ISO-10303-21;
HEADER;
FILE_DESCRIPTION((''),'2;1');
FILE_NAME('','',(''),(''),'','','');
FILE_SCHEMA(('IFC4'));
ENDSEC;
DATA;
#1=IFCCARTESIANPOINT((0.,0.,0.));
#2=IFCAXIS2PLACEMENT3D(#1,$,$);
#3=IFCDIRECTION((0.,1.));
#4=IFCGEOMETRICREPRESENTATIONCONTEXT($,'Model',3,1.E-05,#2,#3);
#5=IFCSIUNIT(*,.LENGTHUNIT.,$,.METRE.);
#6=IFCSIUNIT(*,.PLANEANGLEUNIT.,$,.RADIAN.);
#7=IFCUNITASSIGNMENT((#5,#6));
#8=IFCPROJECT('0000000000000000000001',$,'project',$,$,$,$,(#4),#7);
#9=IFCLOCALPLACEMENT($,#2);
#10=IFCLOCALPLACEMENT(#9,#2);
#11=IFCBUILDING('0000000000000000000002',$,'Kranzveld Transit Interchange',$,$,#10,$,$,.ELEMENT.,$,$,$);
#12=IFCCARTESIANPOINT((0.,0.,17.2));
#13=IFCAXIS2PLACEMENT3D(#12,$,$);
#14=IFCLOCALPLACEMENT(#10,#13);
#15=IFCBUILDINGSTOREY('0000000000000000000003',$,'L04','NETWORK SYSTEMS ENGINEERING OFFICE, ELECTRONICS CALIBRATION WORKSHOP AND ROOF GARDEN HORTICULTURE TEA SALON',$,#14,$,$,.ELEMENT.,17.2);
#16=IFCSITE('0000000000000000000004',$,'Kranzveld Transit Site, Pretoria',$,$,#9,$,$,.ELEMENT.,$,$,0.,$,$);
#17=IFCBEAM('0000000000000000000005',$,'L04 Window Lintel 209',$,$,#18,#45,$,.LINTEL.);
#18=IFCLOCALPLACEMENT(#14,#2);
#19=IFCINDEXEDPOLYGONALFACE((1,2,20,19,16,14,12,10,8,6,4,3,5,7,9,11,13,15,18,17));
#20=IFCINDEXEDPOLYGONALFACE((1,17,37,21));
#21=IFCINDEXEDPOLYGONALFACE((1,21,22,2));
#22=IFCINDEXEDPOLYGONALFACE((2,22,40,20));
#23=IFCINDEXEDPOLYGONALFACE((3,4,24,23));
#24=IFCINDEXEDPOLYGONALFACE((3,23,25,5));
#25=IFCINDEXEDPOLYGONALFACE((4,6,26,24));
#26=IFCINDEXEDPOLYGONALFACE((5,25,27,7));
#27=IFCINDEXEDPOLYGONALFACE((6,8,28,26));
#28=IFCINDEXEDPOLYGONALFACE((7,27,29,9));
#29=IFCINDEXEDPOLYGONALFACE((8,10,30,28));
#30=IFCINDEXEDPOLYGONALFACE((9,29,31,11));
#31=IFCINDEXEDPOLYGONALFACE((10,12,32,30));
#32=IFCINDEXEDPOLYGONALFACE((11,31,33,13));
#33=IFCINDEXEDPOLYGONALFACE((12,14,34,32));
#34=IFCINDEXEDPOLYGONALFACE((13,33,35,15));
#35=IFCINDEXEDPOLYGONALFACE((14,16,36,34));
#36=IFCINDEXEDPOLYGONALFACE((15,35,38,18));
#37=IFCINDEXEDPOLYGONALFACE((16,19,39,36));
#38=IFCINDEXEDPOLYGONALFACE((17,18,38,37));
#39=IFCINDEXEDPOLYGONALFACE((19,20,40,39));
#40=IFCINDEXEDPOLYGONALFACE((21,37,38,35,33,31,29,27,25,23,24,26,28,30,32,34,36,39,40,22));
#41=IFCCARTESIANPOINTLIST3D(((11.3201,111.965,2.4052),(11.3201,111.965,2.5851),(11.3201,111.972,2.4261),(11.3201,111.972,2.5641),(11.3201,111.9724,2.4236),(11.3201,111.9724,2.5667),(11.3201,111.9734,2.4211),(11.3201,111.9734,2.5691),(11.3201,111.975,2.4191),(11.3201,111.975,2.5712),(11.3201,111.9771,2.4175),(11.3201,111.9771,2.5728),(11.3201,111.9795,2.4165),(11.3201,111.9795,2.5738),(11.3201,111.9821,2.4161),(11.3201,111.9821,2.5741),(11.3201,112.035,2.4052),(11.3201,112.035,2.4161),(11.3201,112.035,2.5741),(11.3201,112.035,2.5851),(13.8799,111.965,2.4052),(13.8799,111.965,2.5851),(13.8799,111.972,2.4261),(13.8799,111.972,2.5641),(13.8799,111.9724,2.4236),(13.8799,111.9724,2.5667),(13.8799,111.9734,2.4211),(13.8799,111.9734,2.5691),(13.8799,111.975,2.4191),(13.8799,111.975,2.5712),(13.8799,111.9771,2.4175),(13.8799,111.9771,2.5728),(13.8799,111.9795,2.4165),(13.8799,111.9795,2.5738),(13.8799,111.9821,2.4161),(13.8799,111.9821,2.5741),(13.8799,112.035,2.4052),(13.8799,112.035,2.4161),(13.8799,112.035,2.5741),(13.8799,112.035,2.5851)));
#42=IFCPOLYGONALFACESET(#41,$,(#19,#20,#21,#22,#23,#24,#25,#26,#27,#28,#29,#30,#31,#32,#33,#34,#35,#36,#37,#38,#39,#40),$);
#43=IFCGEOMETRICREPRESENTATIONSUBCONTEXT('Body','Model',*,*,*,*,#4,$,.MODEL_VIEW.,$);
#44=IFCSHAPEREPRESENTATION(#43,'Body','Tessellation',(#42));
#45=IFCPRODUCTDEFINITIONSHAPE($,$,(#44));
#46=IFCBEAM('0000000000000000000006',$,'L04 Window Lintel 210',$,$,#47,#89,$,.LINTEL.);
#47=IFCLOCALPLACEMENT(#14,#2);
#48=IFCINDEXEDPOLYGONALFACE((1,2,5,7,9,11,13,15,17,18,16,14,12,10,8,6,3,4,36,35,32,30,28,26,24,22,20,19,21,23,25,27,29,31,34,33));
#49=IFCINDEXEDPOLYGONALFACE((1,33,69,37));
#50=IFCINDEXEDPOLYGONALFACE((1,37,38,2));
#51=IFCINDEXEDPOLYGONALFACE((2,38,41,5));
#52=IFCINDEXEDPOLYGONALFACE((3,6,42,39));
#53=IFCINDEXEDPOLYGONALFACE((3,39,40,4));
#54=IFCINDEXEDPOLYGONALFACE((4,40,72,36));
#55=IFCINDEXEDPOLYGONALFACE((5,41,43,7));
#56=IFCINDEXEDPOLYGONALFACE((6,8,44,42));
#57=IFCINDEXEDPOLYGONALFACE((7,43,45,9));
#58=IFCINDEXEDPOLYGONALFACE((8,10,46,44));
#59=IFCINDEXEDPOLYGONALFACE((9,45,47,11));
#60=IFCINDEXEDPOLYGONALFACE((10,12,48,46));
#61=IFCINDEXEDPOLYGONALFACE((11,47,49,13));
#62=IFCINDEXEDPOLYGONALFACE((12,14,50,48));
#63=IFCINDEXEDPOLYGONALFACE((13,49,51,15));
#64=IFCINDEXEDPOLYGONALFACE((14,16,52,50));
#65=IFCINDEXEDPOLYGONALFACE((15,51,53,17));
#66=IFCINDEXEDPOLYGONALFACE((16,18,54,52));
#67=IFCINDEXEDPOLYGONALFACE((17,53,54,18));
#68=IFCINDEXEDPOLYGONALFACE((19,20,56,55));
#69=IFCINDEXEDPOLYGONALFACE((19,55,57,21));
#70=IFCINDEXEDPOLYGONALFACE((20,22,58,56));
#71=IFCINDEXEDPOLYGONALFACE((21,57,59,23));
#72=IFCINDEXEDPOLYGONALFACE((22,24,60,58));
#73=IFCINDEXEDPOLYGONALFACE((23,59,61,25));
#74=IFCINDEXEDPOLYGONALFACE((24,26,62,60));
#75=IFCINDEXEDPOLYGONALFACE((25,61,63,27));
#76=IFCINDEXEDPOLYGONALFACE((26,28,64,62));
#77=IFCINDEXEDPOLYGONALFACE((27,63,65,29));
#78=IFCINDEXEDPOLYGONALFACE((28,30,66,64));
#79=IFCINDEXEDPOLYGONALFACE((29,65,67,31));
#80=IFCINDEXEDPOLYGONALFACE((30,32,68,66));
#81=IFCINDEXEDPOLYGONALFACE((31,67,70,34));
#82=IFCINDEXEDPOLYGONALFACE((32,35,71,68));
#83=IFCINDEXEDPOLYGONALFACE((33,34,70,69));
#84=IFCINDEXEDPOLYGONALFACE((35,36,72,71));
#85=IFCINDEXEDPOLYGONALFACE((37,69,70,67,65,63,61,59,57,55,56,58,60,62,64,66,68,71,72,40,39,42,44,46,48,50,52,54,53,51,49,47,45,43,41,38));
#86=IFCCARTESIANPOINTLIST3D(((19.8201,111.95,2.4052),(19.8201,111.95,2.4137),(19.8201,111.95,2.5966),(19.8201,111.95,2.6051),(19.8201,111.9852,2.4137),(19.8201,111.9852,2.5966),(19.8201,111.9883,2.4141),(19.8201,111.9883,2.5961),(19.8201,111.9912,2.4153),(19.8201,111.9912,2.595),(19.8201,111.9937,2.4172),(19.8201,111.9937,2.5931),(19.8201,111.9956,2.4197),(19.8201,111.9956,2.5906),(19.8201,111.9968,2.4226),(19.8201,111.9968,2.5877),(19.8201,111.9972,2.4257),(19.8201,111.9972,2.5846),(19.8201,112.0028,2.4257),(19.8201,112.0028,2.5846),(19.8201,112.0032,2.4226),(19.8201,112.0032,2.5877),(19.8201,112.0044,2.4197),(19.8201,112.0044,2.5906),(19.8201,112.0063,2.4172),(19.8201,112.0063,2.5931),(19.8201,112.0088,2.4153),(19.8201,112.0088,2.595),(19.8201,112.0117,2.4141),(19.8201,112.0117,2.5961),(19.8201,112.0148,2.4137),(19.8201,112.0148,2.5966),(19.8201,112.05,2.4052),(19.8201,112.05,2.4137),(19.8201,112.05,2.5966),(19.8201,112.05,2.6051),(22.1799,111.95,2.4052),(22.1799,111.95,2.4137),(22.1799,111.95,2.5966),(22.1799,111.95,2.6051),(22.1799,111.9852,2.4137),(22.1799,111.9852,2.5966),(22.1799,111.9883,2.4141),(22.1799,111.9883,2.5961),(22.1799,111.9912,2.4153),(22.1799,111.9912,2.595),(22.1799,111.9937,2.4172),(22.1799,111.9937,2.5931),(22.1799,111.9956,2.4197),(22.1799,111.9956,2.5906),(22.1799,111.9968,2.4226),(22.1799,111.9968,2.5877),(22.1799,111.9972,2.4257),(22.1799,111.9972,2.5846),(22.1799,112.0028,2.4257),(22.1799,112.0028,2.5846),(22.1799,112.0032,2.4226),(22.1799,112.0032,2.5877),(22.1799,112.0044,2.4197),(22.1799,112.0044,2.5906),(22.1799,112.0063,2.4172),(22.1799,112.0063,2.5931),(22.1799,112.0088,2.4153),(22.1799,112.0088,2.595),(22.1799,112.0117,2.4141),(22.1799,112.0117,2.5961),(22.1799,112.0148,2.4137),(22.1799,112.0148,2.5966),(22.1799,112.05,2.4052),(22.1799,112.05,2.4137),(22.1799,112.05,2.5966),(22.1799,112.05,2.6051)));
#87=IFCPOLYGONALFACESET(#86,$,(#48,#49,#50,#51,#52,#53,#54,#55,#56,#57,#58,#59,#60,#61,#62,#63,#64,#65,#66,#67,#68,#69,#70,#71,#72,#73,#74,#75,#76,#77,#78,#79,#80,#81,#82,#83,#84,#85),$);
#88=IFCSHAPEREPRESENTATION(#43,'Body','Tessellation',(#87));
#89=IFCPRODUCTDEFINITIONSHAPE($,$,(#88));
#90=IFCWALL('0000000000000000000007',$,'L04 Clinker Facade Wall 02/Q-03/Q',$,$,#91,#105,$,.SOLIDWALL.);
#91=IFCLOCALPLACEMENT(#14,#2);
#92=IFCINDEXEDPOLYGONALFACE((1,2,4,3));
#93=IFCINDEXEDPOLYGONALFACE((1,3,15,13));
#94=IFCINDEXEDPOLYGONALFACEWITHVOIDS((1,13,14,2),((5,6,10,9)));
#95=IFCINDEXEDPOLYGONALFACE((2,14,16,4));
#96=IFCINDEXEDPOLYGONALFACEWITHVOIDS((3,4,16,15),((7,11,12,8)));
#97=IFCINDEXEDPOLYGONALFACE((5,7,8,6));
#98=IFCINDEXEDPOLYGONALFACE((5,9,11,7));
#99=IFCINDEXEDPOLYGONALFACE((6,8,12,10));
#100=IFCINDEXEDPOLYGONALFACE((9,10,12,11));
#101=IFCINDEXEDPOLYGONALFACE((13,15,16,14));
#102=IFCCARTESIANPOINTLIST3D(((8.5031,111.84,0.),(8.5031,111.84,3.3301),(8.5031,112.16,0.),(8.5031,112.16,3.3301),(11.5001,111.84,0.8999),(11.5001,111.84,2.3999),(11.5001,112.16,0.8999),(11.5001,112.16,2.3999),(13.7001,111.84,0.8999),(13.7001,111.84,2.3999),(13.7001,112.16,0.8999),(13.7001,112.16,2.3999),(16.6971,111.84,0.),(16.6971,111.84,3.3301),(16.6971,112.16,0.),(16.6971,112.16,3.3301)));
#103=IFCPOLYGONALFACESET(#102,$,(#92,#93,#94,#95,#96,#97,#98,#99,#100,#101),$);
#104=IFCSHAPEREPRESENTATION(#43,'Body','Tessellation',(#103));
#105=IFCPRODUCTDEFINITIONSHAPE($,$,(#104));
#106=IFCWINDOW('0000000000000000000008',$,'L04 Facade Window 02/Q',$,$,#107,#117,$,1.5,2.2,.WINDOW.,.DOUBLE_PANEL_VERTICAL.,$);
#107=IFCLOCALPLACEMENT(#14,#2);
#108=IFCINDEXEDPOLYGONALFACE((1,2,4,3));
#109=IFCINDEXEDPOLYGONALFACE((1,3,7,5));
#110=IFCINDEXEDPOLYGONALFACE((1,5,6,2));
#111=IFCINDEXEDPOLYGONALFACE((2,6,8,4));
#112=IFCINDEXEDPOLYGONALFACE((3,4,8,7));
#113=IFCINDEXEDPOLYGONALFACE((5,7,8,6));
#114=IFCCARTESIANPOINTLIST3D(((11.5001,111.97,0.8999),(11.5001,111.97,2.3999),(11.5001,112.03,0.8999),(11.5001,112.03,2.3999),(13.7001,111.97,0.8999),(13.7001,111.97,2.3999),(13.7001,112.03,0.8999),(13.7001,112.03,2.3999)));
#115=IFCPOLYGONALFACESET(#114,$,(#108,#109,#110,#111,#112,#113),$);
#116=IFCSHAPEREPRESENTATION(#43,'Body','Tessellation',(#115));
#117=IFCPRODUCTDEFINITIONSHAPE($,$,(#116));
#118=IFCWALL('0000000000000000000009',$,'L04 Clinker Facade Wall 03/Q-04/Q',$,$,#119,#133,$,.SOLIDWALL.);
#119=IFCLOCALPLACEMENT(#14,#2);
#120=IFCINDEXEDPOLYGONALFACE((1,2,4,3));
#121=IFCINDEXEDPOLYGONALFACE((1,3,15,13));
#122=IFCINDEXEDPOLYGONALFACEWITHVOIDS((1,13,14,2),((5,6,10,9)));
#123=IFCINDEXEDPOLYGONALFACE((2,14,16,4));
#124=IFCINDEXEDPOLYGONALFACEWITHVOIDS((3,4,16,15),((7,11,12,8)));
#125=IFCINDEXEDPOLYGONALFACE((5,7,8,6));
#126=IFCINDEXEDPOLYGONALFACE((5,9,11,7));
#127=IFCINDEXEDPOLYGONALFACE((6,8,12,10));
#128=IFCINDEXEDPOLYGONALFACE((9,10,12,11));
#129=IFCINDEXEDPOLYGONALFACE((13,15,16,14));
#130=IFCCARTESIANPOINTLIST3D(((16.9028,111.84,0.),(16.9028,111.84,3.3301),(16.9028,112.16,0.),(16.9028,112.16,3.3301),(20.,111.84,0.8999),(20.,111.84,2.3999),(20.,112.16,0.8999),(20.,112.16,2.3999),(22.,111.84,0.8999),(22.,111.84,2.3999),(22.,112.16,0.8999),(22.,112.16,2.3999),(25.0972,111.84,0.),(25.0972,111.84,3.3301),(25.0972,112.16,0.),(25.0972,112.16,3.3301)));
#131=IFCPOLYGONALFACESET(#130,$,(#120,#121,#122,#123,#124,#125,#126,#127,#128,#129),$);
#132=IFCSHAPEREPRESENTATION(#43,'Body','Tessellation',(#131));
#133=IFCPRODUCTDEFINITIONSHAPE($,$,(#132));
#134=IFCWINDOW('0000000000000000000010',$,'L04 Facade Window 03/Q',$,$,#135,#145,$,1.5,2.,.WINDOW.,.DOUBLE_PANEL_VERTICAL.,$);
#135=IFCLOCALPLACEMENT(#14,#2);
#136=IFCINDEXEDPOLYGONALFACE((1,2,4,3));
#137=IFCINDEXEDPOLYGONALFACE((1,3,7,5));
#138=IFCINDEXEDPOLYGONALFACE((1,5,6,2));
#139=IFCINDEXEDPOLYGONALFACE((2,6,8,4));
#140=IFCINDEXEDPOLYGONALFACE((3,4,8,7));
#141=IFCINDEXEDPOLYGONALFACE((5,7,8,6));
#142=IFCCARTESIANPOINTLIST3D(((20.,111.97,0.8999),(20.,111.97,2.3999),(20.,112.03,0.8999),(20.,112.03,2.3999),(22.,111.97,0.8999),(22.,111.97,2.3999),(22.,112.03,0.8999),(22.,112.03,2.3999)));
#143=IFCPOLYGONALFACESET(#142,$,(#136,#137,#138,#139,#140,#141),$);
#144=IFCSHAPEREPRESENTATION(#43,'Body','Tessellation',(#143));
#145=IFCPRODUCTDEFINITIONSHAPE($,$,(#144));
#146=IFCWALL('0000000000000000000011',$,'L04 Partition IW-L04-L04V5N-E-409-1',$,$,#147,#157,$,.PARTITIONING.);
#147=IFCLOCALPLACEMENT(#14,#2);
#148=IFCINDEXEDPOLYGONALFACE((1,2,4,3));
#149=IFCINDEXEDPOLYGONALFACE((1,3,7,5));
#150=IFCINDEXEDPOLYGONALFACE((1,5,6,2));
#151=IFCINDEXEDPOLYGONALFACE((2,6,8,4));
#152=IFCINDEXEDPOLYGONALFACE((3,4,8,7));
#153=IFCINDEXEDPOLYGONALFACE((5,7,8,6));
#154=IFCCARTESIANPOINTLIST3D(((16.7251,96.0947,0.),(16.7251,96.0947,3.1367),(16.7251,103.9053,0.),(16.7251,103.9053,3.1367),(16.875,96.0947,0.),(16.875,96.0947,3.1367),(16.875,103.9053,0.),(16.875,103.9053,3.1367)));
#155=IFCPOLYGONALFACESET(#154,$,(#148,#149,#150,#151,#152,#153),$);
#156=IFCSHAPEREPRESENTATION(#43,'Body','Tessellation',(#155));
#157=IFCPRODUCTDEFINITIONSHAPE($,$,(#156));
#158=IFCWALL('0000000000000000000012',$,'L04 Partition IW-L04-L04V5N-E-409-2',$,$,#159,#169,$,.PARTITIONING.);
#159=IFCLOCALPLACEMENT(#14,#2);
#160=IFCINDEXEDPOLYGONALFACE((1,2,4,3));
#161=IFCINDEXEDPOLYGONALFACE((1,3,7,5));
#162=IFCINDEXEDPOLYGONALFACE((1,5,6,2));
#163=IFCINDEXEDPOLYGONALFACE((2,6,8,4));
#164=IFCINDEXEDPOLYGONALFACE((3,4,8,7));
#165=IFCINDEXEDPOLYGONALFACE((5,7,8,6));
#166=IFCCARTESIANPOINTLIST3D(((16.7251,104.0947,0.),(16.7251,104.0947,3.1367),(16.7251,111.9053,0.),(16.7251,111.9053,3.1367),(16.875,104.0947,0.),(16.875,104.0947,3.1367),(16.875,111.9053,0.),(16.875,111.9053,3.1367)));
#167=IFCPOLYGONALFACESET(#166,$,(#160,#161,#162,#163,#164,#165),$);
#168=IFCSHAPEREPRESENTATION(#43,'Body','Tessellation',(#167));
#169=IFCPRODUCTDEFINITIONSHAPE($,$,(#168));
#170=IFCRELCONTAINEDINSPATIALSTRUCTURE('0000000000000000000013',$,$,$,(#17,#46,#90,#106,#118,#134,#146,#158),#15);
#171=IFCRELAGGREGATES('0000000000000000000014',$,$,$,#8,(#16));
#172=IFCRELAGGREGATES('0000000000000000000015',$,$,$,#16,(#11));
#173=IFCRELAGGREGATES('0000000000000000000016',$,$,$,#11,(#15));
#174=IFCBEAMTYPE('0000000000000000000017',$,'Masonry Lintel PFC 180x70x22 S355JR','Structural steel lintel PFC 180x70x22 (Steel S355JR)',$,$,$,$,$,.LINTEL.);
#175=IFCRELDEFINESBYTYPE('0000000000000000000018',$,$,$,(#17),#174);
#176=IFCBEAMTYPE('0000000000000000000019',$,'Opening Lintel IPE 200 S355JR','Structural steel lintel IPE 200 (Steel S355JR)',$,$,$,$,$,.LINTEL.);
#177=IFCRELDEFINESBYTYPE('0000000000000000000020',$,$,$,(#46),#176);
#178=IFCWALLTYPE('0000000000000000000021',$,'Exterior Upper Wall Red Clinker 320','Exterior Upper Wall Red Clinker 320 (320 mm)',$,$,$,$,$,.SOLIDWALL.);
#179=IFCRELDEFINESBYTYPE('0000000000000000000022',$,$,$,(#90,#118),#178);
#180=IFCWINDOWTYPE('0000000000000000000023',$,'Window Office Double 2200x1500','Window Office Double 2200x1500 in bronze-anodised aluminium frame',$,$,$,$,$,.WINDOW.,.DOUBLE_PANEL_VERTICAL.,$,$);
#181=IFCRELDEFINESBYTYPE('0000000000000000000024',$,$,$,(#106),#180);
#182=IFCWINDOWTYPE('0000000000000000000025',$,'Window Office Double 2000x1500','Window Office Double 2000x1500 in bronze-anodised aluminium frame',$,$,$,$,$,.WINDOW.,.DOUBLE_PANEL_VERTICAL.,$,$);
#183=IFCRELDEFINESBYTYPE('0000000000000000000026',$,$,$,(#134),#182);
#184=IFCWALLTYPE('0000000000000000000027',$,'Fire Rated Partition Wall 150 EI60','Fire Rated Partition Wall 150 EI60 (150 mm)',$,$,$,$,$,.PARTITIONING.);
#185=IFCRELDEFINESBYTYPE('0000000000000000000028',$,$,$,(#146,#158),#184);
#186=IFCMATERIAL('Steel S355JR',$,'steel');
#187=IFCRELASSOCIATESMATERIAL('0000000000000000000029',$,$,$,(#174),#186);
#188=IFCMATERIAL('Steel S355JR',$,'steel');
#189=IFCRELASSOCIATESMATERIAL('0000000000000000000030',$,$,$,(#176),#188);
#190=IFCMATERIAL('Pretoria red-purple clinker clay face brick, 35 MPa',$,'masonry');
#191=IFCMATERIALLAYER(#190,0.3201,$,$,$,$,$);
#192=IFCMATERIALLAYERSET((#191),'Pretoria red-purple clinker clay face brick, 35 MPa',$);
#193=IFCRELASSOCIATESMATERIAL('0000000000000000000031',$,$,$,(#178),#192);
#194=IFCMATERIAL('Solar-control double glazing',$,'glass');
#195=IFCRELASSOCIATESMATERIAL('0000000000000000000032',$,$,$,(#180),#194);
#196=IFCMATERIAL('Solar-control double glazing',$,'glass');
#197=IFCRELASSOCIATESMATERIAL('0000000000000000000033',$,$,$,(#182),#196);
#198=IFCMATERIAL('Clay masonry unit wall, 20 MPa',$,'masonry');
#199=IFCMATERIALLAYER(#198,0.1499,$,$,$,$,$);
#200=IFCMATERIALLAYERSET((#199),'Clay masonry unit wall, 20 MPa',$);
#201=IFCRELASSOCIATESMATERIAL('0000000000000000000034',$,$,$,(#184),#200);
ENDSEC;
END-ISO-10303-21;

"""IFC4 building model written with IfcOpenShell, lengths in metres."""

from ifc_helpers import new_model, si_unit, direction, frame, frame_2d, origin, origin_2d, place, context, subcontext, project, spatial, rectangle, i_section, u_section, extrude, material, layer, layer_set, material_profile, profile_set, type_object, element, fill, save


model = new_model("IFC4")

# Units and contexts
model_context = context("Model", 3, precision=1e-05, world=origin(), true_north=direction((0.0, 1.0)))
body_context = subcontext(model_context, "Body", "Model", "MODEL_VIEW")
ifc_project = project(units=[si_unit("LENGTHUNIT", "METRE"), si_unit("PLANEANGLEUNIT", "RADIAN")], contexts=[model_context])

# Site, building, storey
site_placement = place(None, origin())
site = spatial("IfcSite", under=ifc_project, at=site_placement, Name="Kranzveld Transit Site, Pretoria", CompositionType="ELEMENT", RefElevation=0.0)
building_placement = place(site_placement, origin())
building = spatial("IfcBuilding", under=site, at=building_placement, Name="Kranzveld Transit Interchange", CompositionType="ELEMENT")
storey_placement = place(building_placement, frame((0.0, 0.0, 17.2)))
storey = spatial("IfcBuildingStorey", under=building, at=storey_placement, Name="L04", Description="NETWORK SYSTEMS ENGINEERING OFFICE, ELECTRONICS CALIBRATION WORKSHOP AND ROOF GARDEN HORTICULTURE TEA SALON", CompositionType="ELEMENT", Elevation=17.2)

# Beams
ifc_material_1 = material(Name="Steel S355JR", Category="steel")
ifc_material_profile_1 = material_profile(ifc_material_1, u_section(Depth=0.1799, FlangeWidth=0.0701, WebThickness=0.0071, FlangeThickness=0.011, FilletRadius=0.01, at=origin_2d()), Name="PFC 180x70x22")
ifc_profile_set_1 = profile_set([ifc_material_profile_1], Name="Steel S355JR")
beam_type_1 = type_object("IfcBeamType", Name="Masonry Lintel PFC 180x70x22 S355JR", Description="Structural steel lintel PFC 180x70x22 (Steel S355JR)", PredefinedType="LINTEL", material=ifc_profile_set_1)
beam_1_placement = place(storey_placement, frame((11.3201, 112.0, 2.4951), z_axis=(1.0, 0.0, 0.0), x_axis=(0.0, 1.0, 0.0)))
element("IfcBeam", 1, at=beam_1_placement, inside=storey, type_object=beam_type_1, Name="L04 Window Lintel 209", PredefinedType="LINTEL", context=body_context, shape_type="SweptSolid", body=[
    extrude(u_section(Depth=0.1799, FlangeWidth=0.0701, WebThickness=0.0071, FlangeThickness=0.011, FilletRadius=0.01, at=origin_2d()), origin(), (0.0, 0.0, 1.0), 2.5598),
])
ifc_material_2 = material(Name="Steel S355JR", Category="steel")
ifc_material_profile_2 = material_profile(ifc_material_2, i_section(OverallWidth=0.1001, OverallDepth=0.2, WebThickness=0.0056, FlangeThickness=0.0085, FilletRadius=0.012, at=origin_2d()), Name="IPE 200")
ifc_profile_set_2 = profile_set([ifc_material_profile_2], Name="Steel S355JR")
beam_type_2 = type_object("IfcBeamType", Name="Opening Lintel IPE 200 S355JR", Description="Structural steel lintel IPE 200 (Steel S355JR)", PredefinedType="LINTEL", material=ifc_profile_set_2)
beam_2_placement = place(storey_placement, frame((19.8201, 112.0, 2.5051), z_axis=(1.0, 0.0, 0.0), x_axis=(0.0, 1.0, 0.0)))
element("IfcBeam", 2, at=beam_2_placement, inside=storey, type_object=beam_type_2, Name="L04 Window Lintel 210", PredefinedType="LINTEL", context=body_context, shape_type="SweptSolid", body=[
    extrude(i_section(OverallWidth=0.1001, OverallDepth=0.2, WebThickness=0.0056, FlangeThickness=0.0085, FilletRadius=0.012, at=origin_2d()), origin(), (0.0, 0.0, 1.0), 2.3599),
])

# Walls, openings, windows
ifc_material_3 = material(Name="Pretoria red-purple clinker clay face brick, 35 MPa", Category="masonry")
ifc_layer_1 = layer(ifc_material_3, 0.3201)
ifc_layer_set_1 = layer_set([ifc_layer_1], Name="Pretoria red-purple clinker clay face brick, 35 MPa")
wall_type_1 = type_object("IfcWallType", Name="Exterior Upper Wall Red Clinker 320", Description="Exterior Upper Wall Red Clinker 320 (320 mm)", PredefinedType="SOLIDWALL", material=ifc_layer_set_1)
wall_1_placement = place(storey_placement, frame((8.5029, 112.0, 0.0), z_axis=(0.0, 0.0, 1.0), x_axis=(1.0, 0.0, 0.0)))
wall_1 = element("IfcWall", 3, at=wall_1_placement, inside=storey, type_object=wall_type_1, Name="L04 Clinker Facade Wall 02/Q-03/Q", PredefinedType="SOLIDWALL", context=body_context, shape_type="SweptSolid", body=[
    extrude(rectangle(XDim=8.1941, YDim=0.3201, at=frame_2d((4.0972, 0.0))), origin(), (0.0, 0.0, 1.0), 3.3301),
])
opening_1_placement = place(wall_1_placement, frame((2.9971, 0.0, 0.8999), z_axis=(0.0, 0.0, 1.0), x_axis=(1.0, 0.0, 0.0)))
opening_1 = element("IfcOpeningElement", 4, at=opening_1_placement, cuts=wall_1, PredefinedType="OPENING", context=body_context, shape_type="SweptSolid", body=[
    extrude(rectangle(XDim=2.2, YDim=1.5, at=frame_2d((1.1001, 0.75))), frame((0.0, 0.1699, 0.0), z_axis=(0.0, -1.0, 0.0), x_axis=(1.0, 0.0, 0.0)), (0.0, 0.0, 1.0), 0.3401),
])
ifc_material_4 = material(Name="Solar-control double glazing", Category="glass")
window_type_1 = type_object("IfcWindowType", Name="Window Office Double 2200x1500", Description="Window Office Double 2200x1500 in bronze-anodised aluminium frame", PartitioningType="DOUBLE_PANEL_VERTICAL", PredefinedType="WINDOW", material=ifc_material_4)
window_1_placement = place(opening_1_placement, origin())
window_1 = element("IfcWindow", 5, at=window_1_placement, inside=storey, type_object=window_type_1, Name="L04 Facade Window 02/Q", OverallHeight=1.5, OverallWidth=2.2, PartitioningType="DOUBLE_PANEL_VERTICAL", PredefinedType="WINDOW", context=body_context, shape_type="SweptSolid", body=[
    extrude(rectangle(XDim=2.2, YDim=1.5, at=frame_2d((1.1001, 0.75))), frame((0.0, 0.03, 0.0), z_axis=(0.0, -1.0, 0.0), x_axis=(1.0, 0.0, 0.0)), (0.0, 0.0, 1.0), 0.0601),
])
fill(opening_1, window_1)
wall_2_placement = place(storey_placement, frame((16.9028, 112.0, 0.0), z_axis=(0.0, 0.0, 1.0), x_axis=(1.0, 0.0, 0.0)))
wall_2 = element("IfcWall", 6, at=wall_2_placement, inside=storey, type_object=wall_type_1, Name="L04 Clinker Facade Wall 03/Q-04/Q", PredefinedType="SOLIDWALL", context=body_context, shape_type="SweptSolid", body=[
    extrude(rectangle(XDim=8.1943, YDim=0.3201, at=frame_2d((4.0972, 0.0))), origin(), (0.0, 0.0, 1.0), 3.3301),
])
opening_2_placement = place(wall_2_placement, frame((3.0972, 0.0, 0.8999), z_axis=(0.0, 0.0, 1.0), x_axis=(1.0, 0.0, 0.0)))
opening_2 = element("IfcOpeningElement", 7, at=opening_2_placement, cuts=wall_2, PredefinedType="OPENING", context=body_context, shape_type="SweptSolid", body=[
    extrude(rectangle(XDim=2.0, YDim=1.5, at=frame_2d((1.0, 0.75))), frame((0.0, 0.1699, 0.0), z_axis=(0.0, -1.0, 0.0), x_axis=(1.0, 0.0, 0.0)), (0.0, 0.0, 1.0), 0.3401),
])
ifc_material_5 = material(Name="Solar-control double glazing", Category="glass")
window_type_2 = type_object("IfcWindowType", Name="Window Office Double 2000x1500", Description="Window Office Double 2000x1500 in bronze-anodised aluminium frame", PartitioningType="DOUBLE_PANEL_VERTICAL", PredefinedType="WINDOW", material=ifc_material_5)
window_2_placement = place(opening_2_placement, origin())
window_2 = element("IfcWindow", 8, at=window_2_placement, inside=storey, type_object=window_type_2, Name="L04 Facade Window 03/Q", OverallHeight=1.5, OverallWidth=2.0, PartitioningType="DOUBLE_PANEL_VERTICAL", PredefinedType="WINDOW", context=body_context, shape_type="SweptSolid", body=[
    extrude(rectangle(XDim=2.0, YDim=1.5, at=frame_2d((1.0, 0.75))), frame((0.0, 0.03, 0.0), z_axis=(0.0, -1.0, 0.0), x_axis=(1.0, 0.0, 0.0)), (0.0, 0.0, 1.0), 0.0601),
])
fill(opening_2, window_2)

# Walls
ifc_material_6 = material(Name="Clay masonry unit wall, 20 MPa", Category="masonry")
ifc_layer_2 = layer(ifc_material_6, 0.1499)
ifc_layer_set_2 = layer_set([ifc_layer_2], Name="Clay masonry unit wall, 20 MPa")
wall_type_2 = type_object("IfcWallType", Name="Fire Rated Partition Wall 150 EI60", Description="Fire Rated Partition Wall 150 EI60 (150 mm)", PredefinedType="PARTITIONING", material=ifc_layer_set_2)
for number, where, z_axis, x_axis, name in (
    (9, (16.8, 96.0947, 0.0), (0.0, 0.0, 1.0), (0.0, 1.0, 0.0), "L04 Partition IW-L04-L04V5N-E-409-1"),
    (10, (16.8, 104.0947, 0.0), (0.0, 0.0, 1.0), (0.0, 1.0, 0.0), "L04 Partition IW-L04-L04V5N-E-409-2"),
):
    element("IfcWall", number, at=place(storey_placement, frame(where, z_axis=z_axis, x_axis=x_axis)), inside=storey, type_object=wall_type_2, Name=name, PredefinedType="PARTITIONING", context=body_context, shape_type="SweptSolid", body=[
        extrude(rectangle(XDim=7.8105, YDim=0.1499, at=frame_2d((3.9053, 0.0))), origin(), (0.0, 0.0, 1.0), 3.1367),
    ])

save(model, "model.ifc")
